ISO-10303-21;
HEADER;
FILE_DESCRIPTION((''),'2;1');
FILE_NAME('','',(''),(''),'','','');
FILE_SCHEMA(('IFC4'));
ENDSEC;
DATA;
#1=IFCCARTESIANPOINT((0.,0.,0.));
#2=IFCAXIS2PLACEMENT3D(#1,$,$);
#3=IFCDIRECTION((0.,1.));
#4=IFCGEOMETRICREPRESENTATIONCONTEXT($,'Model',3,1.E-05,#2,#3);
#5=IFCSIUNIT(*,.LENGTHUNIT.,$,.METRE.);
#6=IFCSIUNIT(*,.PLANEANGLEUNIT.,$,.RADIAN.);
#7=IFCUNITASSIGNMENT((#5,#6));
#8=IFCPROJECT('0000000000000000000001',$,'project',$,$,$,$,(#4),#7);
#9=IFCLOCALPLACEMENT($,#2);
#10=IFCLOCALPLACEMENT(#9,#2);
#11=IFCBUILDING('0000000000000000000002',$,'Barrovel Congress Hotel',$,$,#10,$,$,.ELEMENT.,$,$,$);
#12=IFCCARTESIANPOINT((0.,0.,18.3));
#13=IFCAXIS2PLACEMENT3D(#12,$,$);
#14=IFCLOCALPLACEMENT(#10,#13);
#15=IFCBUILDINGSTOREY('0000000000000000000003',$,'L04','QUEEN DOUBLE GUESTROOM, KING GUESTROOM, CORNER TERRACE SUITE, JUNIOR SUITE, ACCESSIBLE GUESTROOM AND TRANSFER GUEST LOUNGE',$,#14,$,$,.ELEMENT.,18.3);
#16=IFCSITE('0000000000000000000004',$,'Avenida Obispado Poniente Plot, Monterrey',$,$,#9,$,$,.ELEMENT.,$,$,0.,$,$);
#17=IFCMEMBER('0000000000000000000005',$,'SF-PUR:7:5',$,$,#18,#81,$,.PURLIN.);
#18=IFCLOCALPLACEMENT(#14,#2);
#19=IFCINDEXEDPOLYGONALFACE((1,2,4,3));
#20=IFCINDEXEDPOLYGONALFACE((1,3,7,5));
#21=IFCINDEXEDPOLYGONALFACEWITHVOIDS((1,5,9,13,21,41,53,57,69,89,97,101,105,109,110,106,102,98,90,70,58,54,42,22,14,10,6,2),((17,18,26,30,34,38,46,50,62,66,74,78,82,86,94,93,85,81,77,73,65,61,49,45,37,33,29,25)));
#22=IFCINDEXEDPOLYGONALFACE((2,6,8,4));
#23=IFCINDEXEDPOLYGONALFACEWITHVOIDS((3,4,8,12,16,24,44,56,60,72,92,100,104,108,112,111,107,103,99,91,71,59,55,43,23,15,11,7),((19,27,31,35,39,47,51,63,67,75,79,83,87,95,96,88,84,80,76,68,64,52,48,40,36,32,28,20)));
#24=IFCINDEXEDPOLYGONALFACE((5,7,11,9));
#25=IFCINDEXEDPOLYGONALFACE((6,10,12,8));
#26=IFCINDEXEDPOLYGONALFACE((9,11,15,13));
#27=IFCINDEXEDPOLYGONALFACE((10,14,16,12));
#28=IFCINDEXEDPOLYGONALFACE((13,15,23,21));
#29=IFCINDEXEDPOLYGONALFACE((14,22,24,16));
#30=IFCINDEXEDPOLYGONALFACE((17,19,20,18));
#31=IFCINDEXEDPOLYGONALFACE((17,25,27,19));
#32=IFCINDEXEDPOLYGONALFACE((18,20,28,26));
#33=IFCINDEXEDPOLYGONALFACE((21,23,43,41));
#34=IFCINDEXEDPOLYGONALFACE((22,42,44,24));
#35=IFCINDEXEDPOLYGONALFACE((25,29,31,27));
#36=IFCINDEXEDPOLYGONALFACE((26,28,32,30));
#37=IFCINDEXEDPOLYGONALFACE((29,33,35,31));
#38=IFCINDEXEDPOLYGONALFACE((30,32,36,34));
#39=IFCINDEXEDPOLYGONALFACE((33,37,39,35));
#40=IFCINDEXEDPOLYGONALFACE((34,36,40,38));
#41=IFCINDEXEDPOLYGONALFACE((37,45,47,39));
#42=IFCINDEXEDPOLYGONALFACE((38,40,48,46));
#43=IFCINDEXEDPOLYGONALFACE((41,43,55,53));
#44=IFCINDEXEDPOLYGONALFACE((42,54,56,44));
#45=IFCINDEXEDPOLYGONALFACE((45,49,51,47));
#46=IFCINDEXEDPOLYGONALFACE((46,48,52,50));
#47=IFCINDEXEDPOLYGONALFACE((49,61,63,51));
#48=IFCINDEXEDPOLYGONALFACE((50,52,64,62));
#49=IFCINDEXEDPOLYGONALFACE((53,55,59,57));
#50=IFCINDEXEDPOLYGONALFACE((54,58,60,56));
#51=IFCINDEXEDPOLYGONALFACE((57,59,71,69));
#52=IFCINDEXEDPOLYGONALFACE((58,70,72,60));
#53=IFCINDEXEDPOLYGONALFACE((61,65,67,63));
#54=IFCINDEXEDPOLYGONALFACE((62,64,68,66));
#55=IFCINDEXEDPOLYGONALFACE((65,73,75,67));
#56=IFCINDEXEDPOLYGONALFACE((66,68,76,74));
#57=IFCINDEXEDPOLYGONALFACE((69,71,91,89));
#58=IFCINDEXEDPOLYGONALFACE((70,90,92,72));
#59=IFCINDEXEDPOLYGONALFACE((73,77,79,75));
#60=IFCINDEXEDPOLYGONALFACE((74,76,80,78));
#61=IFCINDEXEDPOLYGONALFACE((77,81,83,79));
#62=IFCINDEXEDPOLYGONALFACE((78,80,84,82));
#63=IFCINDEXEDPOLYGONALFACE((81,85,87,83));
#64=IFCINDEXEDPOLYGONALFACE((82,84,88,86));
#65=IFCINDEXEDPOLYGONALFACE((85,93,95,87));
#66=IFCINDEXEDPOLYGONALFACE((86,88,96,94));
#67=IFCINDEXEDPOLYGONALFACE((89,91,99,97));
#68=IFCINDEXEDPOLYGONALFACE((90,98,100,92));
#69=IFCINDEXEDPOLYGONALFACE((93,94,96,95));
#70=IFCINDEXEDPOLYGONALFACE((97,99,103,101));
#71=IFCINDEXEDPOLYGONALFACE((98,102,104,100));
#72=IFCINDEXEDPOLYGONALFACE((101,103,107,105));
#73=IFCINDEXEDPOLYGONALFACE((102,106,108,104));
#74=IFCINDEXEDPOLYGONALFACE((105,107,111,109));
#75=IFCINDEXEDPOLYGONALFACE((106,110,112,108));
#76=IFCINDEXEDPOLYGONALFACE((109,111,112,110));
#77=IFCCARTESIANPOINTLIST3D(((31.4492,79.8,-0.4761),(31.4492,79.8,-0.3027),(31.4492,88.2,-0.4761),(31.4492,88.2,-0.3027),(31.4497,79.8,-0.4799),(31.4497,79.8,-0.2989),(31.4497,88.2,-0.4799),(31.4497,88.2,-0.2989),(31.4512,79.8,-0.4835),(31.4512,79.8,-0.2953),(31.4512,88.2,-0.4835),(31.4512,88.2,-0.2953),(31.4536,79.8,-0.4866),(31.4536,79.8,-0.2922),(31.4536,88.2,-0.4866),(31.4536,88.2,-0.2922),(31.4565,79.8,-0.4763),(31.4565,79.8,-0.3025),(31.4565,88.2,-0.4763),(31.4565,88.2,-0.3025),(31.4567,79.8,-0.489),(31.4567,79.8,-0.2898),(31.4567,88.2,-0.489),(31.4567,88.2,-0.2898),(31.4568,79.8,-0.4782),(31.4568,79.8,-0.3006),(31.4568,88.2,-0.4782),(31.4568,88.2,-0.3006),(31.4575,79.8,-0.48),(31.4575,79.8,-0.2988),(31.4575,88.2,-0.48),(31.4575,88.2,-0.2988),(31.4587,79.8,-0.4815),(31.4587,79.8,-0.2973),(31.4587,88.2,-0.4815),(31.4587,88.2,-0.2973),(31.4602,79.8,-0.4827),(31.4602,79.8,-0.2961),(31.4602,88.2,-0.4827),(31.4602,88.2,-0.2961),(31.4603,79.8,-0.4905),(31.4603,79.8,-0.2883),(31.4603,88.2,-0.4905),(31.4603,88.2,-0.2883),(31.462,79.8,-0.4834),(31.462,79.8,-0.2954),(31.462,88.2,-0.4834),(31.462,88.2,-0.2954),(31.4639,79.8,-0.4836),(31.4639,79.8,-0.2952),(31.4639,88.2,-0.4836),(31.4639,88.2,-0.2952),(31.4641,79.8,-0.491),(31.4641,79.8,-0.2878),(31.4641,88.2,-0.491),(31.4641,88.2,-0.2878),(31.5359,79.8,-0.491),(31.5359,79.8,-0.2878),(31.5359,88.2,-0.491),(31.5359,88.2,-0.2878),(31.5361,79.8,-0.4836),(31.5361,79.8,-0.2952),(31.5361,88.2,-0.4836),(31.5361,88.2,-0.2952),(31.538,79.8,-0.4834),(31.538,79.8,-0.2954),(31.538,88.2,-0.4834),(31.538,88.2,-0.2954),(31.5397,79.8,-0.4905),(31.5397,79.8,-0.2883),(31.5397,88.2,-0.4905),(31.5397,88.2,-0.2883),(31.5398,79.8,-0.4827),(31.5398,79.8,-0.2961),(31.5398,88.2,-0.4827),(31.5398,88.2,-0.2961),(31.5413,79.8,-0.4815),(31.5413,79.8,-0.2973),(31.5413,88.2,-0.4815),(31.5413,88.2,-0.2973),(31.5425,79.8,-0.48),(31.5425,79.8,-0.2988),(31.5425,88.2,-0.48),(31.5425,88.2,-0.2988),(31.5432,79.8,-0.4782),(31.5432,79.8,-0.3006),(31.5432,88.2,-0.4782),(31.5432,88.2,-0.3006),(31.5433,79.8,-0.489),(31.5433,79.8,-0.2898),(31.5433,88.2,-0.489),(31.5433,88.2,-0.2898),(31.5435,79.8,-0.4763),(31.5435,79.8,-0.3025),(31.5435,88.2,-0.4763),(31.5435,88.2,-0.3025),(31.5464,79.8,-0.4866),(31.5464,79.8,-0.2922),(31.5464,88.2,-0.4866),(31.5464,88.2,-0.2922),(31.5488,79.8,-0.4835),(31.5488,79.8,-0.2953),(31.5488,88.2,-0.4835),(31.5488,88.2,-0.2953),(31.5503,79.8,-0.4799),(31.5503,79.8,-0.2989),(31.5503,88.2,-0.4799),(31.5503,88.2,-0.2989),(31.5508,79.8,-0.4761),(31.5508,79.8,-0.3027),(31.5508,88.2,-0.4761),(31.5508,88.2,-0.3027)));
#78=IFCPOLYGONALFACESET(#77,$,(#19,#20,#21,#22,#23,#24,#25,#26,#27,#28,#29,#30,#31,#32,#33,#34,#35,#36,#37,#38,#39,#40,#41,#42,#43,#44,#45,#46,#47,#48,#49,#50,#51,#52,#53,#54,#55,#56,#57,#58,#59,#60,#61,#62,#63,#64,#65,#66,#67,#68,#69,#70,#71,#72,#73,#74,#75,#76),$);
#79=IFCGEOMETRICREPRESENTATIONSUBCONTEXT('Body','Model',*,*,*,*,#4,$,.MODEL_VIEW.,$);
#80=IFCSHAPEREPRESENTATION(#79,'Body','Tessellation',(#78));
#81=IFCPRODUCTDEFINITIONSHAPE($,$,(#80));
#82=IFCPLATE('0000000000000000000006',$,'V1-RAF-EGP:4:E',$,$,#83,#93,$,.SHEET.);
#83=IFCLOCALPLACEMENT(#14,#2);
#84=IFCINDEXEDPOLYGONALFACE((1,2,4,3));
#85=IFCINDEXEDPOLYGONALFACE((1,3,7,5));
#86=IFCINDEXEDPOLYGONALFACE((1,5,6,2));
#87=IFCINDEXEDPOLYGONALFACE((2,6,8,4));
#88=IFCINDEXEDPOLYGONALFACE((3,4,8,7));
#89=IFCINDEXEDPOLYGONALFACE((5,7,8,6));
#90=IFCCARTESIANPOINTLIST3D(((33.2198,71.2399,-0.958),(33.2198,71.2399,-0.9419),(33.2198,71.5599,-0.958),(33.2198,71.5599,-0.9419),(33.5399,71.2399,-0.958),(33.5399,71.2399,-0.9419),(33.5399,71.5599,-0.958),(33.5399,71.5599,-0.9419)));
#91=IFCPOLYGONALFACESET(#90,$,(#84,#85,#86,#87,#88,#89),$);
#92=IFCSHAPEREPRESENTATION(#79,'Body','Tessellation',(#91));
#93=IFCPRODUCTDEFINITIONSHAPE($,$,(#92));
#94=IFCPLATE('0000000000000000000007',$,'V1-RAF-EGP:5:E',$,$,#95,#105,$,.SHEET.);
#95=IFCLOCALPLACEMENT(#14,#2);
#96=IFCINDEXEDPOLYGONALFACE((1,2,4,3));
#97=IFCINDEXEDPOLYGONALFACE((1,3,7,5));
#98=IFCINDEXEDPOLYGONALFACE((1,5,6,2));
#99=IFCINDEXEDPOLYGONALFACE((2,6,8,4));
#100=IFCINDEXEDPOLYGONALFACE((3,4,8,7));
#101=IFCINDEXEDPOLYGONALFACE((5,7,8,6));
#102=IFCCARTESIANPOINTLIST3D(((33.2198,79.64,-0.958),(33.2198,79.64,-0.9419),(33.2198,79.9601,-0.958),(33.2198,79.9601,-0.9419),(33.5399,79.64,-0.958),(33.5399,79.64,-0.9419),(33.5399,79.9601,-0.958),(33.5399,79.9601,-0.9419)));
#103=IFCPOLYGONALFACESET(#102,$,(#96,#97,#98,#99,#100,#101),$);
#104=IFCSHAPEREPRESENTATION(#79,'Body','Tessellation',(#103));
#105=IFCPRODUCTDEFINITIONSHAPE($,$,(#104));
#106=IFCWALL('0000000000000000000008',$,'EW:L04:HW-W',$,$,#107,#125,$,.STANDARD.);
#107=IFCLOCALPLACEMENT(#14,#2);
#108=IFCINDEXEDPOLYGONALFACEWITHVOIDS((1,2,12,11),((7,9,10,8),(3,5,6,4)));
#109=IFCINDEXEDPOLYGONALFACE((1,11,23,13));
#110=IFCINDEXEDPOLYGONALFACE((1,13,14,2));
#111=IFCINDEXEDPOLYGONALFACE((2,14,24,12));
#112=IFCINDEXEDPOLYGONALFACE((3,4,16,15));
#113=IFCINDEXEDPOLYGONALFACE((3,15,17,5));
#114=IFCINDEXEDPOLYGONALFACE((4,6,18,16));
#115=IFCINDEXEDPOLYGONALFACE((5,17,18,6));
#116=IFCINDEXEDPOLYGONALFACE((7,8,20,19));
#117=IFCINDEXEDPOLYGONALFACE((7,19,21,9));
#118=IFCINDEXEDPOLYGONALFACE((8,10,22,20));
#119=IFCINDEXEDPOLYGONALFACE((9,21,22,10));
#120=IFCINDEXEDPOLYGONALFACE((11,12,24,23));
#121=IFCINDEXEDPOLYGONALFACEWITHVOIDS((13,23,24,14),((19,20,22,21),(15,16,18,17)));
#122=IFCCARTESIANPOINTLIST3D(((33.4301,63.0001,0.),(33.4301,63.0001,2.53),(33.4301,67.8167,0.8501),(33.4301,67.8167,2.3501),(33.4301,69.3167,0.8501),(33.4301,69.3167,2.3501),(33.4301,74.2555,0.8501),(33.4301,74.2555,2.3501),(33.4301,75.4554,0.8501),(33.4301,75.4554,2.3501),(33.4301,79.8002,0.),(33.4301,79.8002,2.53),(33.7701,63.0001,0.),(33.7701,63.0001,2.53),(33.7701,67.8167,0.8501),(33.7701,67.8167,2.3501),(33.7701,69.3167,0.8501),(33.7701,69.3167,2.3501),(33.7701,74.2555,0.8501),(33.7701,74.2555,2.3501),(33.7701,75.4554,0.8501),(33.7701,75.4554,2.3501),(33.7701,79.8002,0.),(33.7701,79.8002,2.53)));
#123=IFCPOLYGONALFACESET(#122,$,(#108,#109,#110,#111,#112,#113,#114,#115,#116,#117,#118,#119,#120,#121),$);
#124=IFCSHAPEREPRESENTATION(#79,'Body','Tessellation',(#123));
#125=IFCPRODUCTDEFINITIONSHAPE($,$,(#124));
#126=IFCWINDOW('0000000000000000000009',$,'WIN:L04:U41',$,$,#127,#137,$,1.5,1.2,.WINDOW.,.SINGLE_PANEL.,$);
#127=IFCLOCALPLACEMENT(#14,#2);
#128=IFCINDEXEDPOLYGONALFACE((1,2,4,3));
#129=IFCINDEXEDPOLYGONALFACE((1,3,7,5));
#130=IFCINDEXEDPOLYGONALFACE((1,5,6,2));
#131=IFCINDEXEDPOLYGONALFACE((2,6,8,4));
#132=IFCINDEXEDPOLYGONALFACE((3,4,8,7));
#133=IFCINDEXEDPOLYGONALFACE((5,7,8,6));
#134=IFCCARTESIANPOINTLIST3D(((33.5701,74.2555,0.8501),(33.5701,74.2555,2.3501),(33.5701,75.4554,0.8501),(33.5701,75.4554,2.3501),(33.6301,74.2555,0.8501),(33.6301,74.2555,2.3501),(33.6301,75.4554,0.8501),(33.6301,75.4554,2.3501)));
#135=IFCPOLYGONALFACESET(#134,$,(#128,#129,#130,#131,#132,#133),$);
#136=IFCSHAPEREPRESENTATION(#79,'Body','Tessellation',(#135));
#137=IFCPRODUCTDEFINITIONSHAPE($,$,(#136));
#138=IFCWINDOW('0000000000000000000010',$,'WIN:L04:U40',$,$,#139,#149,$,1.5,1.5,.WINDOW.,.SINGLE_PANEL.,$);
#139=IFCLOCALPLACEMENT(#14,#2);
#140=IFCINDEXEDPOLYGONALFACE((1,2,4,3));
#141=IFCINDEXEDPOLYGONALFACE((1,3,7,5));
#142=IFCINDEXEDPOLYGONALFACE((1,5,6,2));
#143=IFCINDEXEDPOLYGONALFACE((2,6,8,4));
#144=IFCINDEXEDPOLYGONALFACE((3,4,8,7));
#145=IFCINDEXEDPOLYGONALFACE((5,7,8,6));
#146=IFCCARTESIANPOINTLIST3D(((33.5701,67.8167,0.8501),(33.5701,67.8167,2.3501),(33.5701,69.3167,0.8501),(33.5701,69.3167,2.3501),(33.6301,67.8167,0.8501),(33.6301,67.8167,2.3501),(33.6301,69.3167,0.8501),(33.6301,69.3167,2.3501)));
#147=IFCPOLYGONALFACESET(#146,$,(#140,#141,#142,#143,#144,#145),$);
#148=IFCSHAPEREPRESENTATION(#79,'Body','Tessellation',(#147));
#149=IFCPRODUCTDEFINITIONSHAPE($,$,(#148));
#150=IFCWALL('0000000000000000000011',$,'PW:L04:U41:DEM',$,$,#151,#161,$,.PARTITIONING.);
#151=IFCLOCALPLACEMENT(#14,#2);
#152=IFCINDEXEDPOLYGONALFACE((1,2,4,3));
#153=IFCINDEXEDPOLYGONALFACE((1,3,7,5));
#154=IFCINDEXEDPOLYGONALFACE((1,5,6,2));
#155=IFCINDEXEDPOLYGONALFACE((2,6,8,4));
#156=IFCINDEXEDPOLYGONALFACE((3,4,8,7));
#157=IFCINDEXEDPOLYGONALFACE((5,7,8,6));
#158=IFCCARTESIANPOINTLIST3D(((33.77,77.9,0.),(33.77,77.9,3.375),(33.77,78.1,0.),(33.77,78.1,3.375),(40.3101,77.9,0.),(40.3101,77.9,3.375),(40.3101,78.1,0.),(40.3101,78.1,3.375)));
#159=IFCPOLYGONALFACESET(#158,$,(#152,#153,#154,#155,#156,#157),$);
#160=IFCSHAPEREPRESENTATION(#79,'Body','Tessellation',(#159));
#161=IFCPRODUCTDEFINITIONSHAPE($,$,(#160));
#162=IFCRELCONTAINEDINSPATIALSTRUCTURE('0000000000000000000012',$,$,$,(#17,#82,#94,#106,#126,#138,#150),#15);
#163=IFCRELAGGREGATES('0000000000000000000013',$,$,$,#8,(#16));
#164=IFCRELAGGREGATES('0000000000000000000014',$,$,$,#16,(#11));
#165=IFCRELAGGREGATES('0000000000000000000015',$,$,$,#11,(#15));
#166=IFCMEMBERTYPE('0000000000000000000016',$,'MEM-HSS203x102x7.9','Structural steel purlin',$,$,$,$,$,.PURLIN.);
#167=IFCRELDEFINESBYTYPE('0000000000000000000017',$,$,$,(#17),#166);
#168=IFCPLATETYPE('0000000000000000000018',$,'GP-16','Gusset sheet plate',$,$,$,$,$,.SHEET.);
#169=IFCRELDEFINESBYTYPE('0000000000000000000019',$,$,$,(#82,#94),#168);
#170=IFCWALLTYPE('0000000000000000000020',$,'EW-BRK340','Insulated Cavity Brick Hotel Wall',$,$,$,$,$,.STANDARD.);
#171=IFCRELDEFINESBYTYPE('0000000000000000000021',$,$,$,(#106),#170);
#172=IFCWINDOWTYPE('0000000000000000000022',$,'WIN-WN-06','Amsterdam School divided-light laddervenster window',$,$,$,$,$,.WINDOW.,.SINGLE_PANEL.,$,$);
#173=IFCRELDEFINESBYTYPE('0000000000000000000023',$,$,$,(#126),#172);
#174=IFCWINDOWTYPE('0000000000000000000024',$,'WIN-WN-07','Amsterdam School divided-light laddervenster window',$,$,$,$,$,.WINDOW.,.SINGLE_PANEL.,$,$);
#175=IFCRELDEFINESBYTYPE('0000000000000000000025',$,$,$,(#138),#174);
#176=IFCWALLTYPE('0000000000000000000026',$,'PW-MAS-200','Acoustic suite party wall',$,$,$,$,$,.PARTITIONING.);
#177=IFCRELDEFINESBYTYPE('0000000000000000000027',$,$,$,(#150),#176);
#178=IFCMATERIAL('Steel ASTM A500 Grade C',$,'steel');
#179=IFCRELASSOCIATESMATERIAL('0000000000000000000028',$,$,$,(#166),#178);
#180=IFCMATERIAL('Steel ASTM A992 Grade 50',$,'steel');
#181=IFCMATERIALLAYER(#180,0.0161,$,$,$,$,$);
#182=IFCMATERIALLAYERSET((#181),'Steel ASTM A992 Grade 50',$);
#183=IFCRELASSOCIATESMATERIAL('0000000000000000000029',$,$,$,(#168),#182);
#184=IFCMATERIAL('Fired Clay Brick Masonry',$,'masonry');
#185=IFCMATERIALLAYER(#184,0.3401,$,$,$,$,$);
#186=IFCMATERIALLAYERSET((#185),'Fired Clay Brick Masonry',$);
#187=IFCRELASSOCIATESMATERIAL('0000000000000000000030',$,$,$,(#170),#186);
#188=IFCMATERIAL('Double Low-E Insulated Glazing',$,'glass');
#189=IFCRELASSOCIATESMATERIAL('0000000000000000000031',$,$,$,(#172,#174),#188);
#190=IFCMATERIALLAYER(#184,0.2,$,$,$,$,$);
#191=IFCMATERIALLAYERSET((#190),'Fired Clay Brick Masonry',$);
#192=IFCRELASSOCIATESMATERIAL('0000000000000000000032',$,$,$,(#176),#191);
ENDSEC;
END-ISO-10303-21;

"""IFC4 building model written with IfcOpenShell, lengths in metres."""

from ifc_helpers import new_model, si_unit, direction, frame, frame_2d, origin, origin_2d, place, context, subcontext, project, spatial, rectangle, hollow_rectangle, extrude, material, layer, layer_set, material_profile, profile_set, type_object, element, fill, save


model = new_model("IFC4")

# Units and contexts
model_context = context("Model", 3, precision=1e-05, world=origin(), true_north=direction((0.0, 1.0)))
body_context = subcontext(model_context, "Body", "Model", "MODEL_VIEW")
ifc_project = project(units=[si_unit("LENGTHUNIT", "METRE"), si_unit("PLANEANGLEUNIT", "RADIAN")], contexts=[model_context])

# Site, building, storey
site_placement = place(None, origin())
site = spatial("IfcSite", under=ifc_project, at=site_placement, Name="Avenida Obispado Poniente Plot, Monterrey", CompositionType="ELEMENT", RefElevation=0.0)
building_placement = place(site_placement, origin())
building = spatial("IfcBuilding", under=site, at=building_placement, Name="Barrovel Congress Hotel", CompositionType="ELEMENT")
storey_placement = place(building_placement, frame((0.0, 0.0, 18.3)))
storey = spatial("IfcBuildingStorey", under=building, at=storey_placement, Name="L04", Description="QUEEN DOUBLE GUESTROOM, KING GUESTROOM, CORNER TERRACE SUITE, JUNIOR SUITE, ACCESSIBLE GUESTROOM AND TRANSFER GUEST LOUNGE", CompositionType="ELEMENT", Elevation=18.3)

# Member
ifc_material_1 = material(Name="Steel ASTM A500 Grade C", Category="steel")
ifc_material_profile_1 = material_profile(ifc_material_1, hollow_rectangle(XDim=0.1016, YDim=0.2031, WallThickness=0.0073, InnerFilletRadius=0.0073, OuterFilletRadius=0.0149, at=origin_2d()), Name="HSS203x102x7.9")
ifc_profile_set_1 = profile_set([ifc_material_profile_1], Name="Steel ASTM A500 Grade C")
member_type = type_object("IfcMemberType", Name="MEM-HSS203x102x7.9", Description="Structural steel purlin", PredefinedType="PURLIN", material=ifc_profile_set_1)
member_1_placement = place(storey_placement, frame((31.5, 79.8, -0.3894), z_axis=(0.0, 1.0, 0.0), x_axis=(-1.0, 0.0, 0.0)))
element("IfcMember", 1, at=member_1_placement, inside=storey, type_object=member_type, Name="SF-PUR:7:5", PredefinedType="PURLIN", context=body_context, shape_type="SweptSolid", body=[
    extrude(hollow_rectangle(XDim=0.1016, YDim=0.2031, WallThickness=0.0073, InnerFilletRadius=0.0073, OuterFilletRadius=0.0149, at=origin_2d()), origin(), (0.0, 0.0, 1.0), 8.3999),
])

# Plates
ifc_material_2 = material(Name="Steel ASTM A992 Grade 50", Category="steel")
ifc_layer_1 = layer(ifc_material_2, 0.0161)
ifc_layer_set_1 = layer_set([ifc_layer_1], Name="Steel ASTM A992 Grade 50")
plate_type = type_object("IfcPlateType", Name="GP-16", Description="Gusset sheet plate", PredefinedType="SHEET", material=ifc_layer_set_1)
for number, where, z_axis, x_axis, name in (
    (2, (33.3799, 71.3999, -0.958), (0.0, 0.0, 1.0), (1.0, 0.0, 0.0), "V1-RAF-EGP:4:E"),
    (3, (33.3799, 79.8, -0.958), (0.0, 0.0, 1.0), (1.0, 0.0, 0.0), "V1-RAF-EGP:5:E"),
):
    element("IfcPlate", number, at=place(storey_placement, frame(where, z_axis=z_axis, x_axis=x_axis)), inside=storey, type_object=plate_type, Name=name, PredefinedType="SHEET", context=body_context, shape_type="SweptSolid", body=[
        extrude(rectangle(XDim=0.3201, YDim=0.3201, at=origin_2d()), origin(), (0.0, 0.0, 1.0), 0.0161),
    ])

# Wall, openings, windows
ifc_material_3 = material(Name="Fired Clay Brick Masonry", Category="masonry")
ifc_layer_2 = layer(ifc_material_3, 0.3401)
ifc_layer_set_2 = layer_set([ifc_layer_2], Name="Fired Clay Brick Masonry")
wall_type_1 = type_object("IfcWallType", Name="EW-BRK340", Description="Insulated Cavity Brick Hotel Wall", PredefinedType="STANDARD", material=ifc_layer_set_2)
wall_1_placement = place(storey_placement, frame((33.6001, 79.8, 0.0), z_axis=(0.0, 0.0, 1.0), x_axis=(0.0, -1.0, 0.0)))
wall_1 = element("IfcWall", 4, at=wall_1_placement, inside=storey, type_object=wall_type_1, Name="EW:L04:HW-W", PredefinedType="STANDARD", context=body_context, shape_type="SweptSolid", body=[
    extrude(rectangle(XDim=16.8, YDim=0.3401, at=frame_2d((8.3999, 0.0))), origin(), (0.0, 0.0, 1.0), 2.53),
])
opening_1_placement = place(wall_1_placement, frame((10.4834, 0.0, 0.8501)))
opening_1 = element("IfcOpeningElement", 5, at=opening_1_placement, cuts=wall_1, PredefinedType="OPENING", context=body_context, shape_type="SweptSolid", body=[
    extrude(rectangle(XDim=1.5, YDim=1.5, at=frame_2d((0.75, 0.75))), frame((0.0, 0.1802, 0.0), z_axis=(0.0, -1.0, 0.0), x_axis=(1.0, 0.0, 0.0)), (0.0, 0.0, 1.0), 0.3601),
])
opening_2_placement = place(wall_1_placement, frame((4.3445, 0.0, 0.8501)))
opening_2 = element("IfcOpeningElement", 6, at=opening_2_placement, cuts=wall_1, PredefinedType="OPENING", context=body_context, shape_type="SweptSolid", body=[
    extrude(rectangle(XDim=1.2, YDim=1.5, at=frame_2d((0.6001, 0.75))), frame((0.0, 0.1802, 0.0), z_axis=(0.0, -1.0, 0.0), x_axis=(1.0, 0.0, 0.0)), (0.0, 0.0, 1.0), 0.3601),
])
ifc_material_4 = material(Name="Double Low-E Insulated Glazing", Category="glass")
window_type_1 = type_object("IfcWindowType", Name="WIN-WN-06", Description="Amsterdam School divided-light laddervenster window", PartitioningType="SINGLE_PANEL", PredefinedType="WINDOW", material=ifc_material_4)
window_1_placement = place(opening_2_placement, origin())
window_1 = element("IfcWindow", 7, at=window_1_placement, inside=storey, type_object=window_type_1, Name="WIN:L04:U41", OverallHeight=1.5, OverallWidth=1.2, PartitioningType="SINGLE_PANEL", PredefinedType="WINDOW", context=body_context, shape_type="SweptSolid", body=[
    extrude(rectangle(XDim=1.2, YDim=1.5, at=frame_2d((0.6001, 0.75))), frame((0.0, 0.03, 0.0), z_axis=(0.0, -1.0, 0.0), x_axis=(1.0, 0.0, 0.0)), (0.0, 0.0, 1.0), 0.0601),
])
fill(opening_2, window_1)
window_type_2 = type_object("IfcWindowType", Name="WIN-WN-07", Description="Amsterdam School divided-light laddervenster window", PartitioningType="SINGLE_PANEL", PredefinedType="WINDOW", material=ifc_material_4)
window_2_placement = place(opening_1_placement, origin())
window_2 = element("IfcWindow", 8, at=window_2_placement, inside=storey, type_object=window_type_2, Name="WIN:L04:U40", OverallHeight=1.5, OverallWidth=1.5, PartitioningType="SINGLE_PANEL", PredefinedType="WINDOW", context=body_context, shape_type="SweptSolid", body=[
    extrude(rectangle(XDim=1.5, YDim=1.5, at=frame_2d((0.75, 0.75))), frame((0.0, 0.03, 0.0), z_axis=(0.0, -1.0, 0.0), x_axis=(1.0, 0.0, 0.0)), (0.0, 0.0, 1.0), 0.0601),
])
fill(opening_1, window_2)

# Wall
ifc_layer_3 = layer(ifc_material_3, 0.2)
ifc_layer_set_3 = layer_set([ifc_layer_3], Name="Fired Clay Brick Masonry")
wall_type_2 = type_object("IfcWallType", Name="PW-MAS-200", Description="Acoustic suite party wall", PredefinedType="PARTITIONING", material=ifc_layer_set_3)
wall_2_placement = place(storey_placement, frame((33.77, 78.0, 0.0), z_axis=(0.0, 0.0, 1.0), x_axis=(1.0, 0.0, 0.0)))
element("IfcWall", 9, at=wall_2_placement, inside=storey, type_object=wall_type_2, Name="PW:L04:U41:DEM", PredefinedType="PARTITIONING", context=body_context, shape_type="SweptSolid", body=[
    extrude(rectangle(XDim=6.54, YDim=0.2, at=frame_2d((3.27, 0.0))), origin(), (0.0, 0.0, 1.0), 3.375),
])

save(model, "model.ifc")
